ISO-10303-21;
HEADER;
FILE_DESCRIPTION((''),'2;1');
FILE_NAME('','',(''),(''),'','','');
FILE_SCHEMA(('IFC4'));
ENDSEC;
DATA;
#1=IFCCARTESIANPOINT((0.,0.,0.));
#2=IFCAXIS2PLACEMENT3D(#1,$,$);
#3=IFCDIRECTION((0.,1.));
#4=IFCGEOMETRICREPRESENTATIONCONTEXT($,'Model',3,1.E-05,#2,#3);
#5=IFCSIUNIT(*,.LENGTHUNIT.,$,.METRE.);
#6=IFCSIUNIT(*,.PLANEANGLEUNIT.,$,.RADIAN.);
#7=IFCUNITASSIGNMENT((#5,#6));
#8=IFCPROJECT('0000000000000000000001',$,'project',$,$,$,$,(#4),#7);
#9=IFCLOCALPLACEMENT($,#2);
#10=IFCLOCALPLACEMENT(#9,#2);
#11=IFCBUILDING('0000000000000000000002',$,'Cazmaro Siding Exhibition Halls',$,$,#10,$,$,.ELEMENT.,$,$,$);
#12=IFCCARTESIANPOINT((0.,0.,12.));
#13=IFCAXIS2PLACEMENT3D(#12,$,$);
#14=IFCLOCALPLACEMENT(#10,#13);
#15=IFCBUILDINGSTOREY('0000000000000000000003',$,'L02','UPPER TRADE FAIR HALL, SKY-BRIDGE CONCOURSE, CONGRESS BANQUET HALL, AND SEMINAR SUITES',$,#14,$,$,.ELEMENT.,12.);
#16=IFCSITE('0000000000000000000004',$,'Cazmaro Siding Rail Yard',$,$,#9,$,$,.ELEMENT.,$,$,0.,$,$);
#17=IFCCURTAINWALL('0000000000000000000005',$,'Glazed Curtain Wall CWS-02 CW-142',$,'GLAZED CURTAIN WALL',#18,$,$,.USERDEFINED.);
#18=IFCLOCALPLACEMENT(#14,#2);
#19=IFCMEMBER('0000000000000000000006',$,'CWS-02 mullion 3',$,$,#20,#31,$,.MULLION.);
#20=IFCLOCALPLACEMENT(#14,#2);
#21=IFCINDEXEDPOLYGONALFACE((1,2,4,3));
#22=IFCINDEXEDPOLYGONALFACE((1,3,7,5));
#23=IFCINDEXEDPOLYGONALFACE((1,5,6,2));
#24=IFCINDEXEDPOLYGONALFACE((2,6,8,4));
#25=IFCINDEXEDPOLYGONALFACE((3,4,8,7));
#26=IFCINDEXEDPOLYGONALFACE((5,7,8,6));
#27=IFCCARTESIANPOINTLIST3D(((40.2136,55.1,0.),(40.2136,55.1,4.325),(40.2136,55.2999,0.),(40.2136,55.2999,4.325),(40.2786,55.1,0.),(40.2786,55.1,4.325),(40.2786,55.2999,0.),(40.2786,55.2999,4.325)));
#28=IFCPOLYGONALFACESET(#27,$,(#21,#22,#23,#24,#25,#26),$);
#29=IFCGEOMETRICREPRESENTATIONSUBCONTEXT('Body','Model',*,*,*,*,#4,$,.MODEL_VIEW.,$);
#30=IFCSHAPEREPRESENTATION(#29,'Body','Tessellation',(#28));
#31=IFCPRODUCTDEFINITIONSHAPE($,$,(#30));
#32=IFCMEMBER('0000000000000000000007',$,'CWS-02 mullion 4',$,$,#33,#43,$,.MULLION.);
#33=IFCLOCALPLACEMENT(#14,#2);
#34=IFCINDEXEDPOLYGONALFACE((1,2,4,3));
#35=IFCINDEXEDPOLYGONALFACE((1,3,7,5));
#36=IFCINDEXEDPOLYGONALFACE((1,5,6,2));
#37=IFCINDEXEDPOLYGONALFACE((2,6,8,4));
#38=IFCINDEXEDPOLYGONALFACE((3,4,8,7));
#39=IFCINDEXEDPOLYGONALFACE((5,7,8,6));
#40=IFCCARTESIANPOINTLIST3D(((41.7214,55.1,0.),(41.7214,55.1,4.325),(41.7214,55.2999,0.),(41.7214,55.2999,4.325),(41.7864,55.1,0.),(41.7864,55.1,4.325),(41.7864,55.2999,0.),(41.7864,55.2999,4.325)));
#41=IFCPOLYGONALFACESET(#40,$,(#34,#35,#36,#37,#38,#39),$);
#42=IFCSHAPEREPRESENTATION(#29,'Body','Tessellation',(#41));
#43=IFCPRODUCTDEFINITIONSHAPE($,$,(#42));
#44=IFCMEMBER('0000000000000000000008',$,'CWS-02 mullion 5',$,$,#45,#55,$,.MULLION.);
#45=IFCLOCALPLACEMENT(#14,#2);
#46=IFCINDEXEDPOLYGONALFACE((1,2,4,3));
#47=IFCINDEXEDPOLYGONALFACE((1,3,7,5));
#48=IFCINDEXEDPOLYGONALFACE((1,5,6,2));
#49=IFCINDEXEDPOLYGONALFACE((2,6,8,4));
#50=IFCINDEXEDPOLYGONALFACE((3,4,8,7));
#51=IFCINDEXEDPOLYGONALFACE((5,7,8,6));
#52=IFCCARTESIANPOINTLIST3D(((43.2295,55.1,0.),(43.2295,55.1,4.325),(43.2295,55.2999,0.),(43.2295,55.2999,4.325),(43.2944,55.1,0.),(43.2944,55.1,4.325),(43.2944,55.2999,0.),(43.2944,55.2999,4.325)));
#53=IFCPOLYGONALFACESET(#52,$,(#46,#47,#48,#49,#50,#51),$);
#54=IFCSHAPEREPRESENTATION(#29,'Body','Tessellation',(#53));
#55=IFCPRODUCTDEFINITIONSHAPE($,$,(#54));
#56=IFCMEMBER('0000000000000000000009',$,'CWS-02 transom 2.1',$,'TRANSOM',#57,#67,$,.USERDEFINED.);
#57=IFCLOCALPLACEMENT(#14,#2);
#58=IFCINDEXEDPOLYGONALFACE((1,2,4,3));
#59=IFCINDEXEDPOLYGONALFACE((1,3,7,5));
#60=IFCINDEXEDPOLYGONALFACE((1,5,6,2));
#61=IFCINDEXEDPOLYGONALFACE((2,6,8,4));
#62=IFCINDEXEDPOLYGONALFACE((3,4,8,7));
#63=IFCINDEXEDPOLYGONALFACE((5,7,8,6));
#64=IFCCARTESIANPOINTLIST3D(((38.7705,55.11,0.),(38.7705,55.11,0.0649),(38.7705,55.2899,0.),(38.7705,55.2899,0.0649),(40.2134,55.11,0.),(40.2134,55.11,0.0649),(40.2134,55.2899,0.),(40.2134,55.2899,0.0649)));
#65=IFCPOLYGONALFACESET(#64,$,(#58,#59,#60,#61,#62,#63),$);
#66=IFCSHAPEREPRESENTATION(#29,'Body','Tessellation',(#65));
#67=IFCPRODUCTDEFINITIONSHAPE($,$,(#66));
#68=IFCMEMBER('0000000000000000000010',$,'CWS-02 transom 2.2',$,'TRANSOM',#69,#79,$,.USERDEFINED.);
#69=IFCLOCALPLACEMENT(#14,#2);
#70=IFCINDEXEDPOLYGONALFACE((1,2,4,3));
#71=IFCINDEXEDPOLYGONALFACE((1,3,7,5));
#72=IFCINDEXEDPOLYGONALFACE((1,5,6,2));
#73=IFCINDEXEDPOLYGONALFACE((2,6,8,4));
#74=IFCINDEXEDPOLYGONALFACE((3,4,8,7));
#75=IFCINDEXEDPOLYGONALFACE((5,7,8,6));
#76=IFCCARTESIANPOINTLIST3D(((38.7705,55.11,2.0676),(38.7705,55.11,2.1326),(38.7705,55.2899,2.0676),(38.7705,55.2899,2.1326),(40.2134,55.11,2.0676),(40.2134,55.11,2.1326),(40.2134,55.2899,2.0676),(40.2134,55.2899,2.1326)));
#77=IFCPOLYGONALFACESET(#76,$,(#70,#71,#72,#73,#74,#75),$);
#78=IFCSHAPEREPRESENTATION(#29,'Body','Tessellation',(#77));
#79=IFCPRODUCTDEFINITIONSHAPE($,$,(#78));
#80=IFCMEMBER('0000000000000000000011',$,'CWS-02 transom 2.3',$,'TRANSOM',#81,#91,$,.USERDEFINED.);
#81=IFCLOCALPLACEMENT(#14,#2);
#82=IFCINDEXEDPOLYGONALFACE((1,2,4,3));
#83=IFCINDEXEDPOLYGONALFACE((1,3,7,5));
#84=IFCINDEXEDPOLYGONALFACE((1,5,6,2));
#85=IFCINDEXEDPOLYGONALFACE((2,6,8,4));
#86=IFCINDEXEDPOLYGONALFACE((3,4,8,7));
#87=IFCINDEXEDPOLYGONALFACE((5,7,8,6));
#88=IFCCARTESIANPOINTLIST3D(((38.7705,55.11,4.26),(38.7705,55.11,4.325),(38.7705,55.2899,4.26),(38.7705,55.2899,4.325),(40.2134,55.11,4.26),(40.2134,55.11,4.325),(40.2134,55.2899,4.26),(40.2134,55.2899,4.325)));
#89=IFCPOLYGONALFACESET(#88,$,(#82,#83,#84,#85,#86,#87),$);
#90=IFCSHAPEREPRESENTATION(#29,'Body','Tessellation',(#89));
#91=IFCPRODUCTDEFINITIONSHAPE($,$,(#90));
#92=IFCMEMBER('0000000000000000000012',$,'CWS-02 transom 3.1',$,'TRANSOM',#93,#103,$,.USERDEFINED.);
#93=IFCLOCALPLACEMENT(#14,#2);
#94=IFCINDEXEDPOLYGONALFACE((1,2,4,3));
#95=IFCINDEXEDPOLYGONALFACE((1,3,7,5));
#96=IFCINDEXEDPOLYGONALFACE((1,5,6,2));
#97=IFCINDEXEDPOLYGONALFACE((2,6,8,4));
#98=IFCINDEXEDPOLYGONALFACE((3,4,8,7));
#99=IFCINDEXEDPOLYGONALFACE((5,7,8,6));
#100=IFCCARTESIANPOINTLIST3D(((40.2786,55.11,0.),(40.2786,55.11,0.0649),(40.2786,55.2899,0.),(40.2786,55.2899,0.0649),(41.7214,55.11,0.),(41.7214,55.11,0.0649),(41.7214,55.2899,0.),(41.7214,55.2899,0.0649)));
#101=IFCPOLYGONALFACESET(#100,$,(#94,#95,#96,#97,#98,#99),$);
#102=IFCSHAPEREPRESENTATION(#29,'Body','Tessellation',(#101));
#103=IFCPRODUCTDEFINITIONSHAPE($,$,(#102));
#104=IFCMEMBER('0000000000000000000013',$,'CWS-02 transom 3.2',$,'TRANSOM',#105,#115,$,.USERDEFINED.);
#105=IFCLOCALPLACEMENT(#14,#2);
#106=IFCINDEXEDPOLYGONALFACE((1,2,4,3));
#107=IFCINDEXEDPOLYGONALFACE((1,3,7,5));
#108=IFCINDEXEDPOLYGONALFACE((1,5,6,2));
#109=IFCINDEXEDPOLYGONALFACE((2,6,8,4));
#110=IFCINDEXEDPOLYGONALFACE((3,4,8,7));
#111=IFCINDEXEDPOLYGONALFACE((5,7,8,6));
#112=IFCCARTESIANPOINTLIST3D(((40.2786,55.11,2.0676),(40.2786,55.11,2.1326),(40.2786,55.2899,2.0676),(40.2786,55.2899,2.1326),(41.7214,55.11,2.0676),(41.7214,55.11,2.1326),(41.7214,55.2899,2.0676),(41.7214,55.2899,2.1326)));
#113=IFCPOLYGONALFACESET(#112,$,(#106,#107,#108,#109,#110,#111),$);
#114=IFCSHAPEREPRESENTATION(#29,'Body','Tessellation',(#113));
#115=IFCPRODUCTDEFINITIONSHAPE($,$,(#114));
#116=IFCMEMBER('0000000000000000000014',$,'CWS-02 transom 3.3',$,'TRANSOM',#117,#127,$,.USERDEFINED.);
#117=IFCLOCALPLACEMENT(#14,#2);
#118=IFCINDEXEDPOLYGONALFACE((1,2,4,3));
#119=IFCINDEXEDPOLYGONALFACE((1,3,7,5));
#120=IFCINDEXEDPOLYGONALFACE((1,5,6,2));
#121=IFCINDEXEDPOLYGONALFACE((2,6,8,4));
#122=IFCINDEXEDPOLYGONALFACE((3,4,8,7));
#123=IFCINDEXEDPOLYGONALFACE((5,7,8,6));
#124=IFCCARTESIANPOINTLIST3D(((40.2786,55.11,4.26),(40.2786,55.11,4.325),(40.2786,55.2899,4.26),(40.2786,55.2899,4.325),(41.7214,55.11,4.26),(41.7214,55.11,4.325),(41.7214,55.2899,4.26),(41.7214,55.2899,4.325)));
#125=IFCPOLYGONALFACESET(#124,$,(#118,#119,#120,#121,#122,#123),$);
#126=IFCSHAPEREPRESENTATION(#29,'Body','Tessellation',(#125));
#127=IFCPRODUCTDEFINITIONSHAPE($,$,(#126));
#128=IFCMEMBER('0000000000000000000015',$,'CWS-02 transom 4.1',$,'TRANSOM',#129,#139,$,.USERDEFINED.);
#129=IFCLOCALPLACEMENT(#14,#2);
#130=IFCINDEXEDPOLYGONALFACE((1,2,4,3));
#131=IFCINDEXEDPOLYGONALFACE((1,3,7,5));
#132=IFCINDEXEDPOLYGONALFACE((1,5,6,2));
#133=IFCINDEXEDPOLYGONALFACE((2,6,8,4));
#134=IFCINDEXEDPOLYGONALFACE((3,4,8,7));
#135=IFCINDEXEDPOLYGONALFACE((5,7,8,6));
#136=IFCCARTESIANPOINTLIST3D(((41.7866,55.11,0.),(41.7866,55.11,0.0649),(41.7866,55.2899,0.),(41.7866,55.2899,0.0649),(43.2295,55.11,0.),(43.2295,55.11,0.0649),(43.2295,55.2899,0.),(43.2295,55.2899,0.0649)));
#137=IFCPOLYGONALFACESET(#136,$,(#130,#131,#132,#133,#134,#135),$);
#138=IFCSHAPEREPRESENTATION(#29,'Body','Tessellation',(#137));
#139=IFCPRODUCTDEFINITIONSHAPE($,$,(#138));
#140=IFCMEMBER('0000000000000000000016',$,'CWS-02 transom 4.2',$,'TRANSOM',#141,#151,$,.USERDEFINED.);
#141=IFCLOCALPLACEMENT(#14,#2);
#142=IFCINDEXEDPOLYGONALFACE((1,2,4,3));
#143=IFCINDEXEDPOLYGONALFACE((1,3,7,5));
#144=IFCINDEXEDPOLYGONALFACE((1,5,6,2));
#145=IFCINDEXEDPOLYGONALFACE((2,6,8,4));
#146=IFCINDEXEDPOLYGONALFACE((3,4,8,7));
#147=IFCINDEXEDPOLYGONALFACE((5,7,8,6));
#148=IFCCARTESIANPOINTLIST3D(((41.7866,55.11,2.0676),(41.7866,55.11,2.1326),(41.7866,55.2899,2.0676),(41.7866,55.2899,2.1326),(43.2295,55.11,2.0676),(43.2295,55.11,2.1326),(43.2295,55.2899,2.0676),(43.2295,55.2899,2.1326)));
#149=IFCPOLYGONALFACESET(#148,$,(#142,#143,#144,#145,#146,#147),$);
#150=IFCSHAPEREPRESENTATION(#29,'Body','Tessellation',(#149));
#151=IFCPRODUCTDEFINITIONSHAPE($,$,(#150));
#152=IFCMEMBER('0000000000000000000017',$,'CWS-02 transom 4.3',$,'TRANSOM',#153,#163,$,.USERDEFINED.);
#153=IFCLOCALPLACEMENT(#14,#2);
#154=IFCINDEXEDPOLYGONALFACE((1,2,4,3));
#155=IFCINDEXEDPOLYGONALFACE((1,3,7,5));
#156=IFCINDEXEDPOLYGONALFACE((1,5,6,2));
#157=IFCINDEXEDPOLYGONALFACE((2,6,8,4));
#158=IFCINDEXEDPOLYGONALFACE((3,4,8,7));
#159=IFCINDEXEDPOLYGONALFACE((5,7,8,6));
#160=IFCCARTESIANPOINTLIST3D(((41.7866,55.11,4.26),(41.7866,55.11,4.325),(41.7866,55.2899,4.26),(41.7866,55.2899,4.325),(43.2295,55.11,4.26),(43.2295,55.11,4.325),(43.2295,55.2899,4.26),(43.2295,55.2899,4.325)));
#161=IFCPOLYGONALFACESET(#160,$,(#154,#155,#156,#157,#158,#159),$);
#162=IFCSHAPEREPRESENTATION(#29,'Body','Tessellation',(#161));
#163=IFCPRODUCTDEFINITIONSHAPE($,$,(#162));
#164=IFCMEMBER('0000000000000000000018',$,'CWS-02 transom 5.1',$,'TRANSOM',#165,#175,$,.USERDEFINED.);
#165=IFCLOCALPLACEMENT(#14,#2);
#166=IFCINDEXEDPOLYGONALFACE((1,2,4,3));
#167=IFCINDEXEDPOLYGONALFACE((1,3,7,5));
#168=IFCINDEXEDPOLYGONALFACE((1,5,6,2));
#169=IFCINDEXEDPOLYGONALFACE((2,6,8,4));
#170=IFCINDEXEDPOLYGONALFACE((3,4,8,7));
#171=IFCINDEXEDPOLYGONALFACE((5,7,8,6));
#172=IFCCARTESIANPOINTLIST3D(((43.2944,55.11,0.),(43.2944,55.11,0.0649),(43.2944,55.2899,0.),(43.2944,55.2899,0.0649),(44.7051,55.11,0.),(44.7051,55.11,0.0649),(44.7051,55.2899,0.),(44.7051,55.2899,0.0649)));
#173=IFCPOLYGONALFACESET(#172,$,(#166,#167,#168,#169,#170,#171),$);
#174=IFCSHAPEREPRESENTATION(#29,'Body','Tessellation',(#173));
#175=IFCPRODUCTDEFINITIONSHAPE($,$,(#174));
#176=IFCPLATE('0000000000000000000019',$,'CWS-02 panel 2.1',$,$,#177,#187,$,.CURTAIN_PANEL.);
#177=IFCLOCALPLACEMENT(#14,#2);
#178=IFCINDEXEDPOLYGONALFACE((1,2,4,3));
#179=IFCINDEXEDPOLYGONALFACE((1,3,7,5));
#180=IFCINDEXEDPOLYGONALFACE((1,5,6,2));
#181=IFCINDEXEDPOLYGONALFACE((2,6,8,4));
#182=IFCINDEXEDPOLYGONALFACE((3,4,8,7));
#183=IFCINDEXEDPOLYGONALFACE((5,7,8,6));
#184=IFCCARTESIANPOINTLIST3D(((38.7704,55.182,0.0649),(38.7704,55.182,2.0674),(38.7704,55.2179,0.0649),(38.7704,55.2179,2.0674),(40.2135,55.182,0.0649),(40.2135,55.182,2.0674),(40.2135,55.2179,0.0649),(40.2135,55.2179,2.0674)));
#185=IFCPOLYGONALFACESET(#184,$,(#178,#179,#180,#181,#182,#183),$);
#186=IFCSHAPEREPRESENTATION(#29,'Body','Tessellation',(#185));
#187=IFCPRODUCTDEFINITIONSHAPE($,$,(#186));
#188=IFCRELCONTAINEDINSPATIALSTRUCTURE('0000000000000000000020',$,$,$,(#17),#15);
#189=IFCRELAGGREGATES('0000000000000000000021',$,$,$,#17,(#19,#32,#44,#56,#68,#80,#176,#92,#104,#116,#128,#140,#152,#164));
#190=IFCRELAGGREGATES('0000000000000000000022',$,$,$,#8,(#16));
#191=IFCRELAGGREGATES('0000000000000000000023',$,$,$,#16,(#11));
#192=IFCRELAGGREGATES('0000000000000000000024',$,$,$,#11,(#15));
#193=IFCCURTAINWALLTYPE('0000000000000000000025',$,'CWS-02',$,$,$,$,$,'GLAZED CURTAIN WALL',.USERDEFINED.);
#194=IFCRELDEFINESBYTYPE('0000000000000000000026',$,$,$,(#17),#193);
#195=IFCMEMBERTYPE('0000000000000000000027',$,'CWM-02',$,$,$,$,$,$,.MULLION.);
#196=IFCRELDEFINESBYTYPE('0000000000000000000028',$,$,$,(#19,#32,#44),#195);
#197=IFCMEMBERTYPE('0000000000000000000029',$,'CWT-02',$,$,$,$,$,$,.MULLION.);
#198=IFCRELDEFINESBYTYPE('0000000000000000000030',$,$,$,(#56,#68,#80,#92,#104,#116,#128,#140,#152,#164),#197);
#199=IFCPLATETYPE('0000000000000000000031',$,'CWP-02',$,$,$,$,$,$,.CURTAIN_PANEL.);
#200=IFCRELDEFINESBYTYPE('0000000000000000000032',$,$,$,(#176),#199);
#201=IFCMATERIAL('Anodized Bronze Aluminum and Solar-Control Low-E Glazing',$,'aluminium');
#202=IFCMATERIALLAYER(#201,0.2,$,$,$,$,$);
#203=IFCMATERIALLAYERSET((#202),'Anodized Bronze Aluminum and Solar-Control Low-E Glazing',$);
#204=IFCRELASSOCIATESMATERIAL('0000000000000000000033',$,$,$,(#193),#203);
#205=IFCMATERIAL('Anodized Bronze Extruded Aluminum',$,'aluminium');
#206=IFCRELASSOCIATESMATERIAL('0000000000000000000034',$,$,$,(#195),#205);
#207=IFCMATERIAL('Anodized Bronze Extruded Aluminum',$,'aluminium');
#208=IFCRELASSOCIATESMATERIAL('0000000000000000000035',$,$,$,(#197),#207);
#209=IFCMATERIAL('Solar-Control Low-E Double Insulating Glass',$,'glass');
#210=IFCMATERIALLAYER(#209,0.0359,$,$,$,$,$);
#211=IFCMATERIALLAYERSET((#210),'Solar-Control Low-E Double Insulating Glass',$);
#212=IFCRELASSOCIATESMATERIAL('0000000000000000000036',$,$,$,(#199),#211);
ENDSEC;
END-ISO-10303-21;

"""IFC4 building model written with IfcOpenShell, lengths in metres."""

from ifc_helpers import new_model, si_unit, direction, frame, origin, origin_2d, place, context, subcontext, project, spatial, rectangle, extrude, material, layer, layer_set, material_profile, profile_set, type_object, element, aggregate, save


model = new_model("IFC4")

# Units and contexts
model_context = context("Model", 3, precision=1e-05, world=origin(), true_north=direction((0.0, 1.0)))
body_context = subcontext(model_context, "Body", "Model", "MODEL_VIEW")
ifc_project = project(units=[si_unit("LENGTHUNIT", "METRE"), si_unit("PLANEANGLEUNIT", "RADIAN")], contexts=[model_context])

# Site, building, storey
site_placement = place(None, origin())
site = spatial("IfcSite", under=ifc_project, at=site_placement, Name="Cazmaro Siding Rail Yard", CompositionType="ELEMENT", RefElevation=0.0)
building_placement = place(site_placement, origin())
building = spatial("IfcBuilding", under=site, at=building_placement, Name="Cazmaro Siding Exhibition Halls", CompositionType="ELEMENT")
storey_placement = place(building_placement, frame((0.0, 0.0, 12.0)))
storey = spatial("IfcBuildingStorey", under=building, at=storey_placement, Name="L02", Description="UPPER TRADE FAIR HALL, SKY-BRIDGE CONCOURSE, CONGRESS BANQUET HALL, AND SEMINAR SUITES", CompositionType="ELEMENT", Elevation=12.0)

# Curtain wall, members, plate
ifc_material_1 = material(Name="Anodized Bronze Aluminum and Solar-Control Low-E Glazing", Category="aluminium")
ifc_layer_1 = layer(ifc_material_1, 0.2)
ifc_layer_set_1 = layer_set([ifc_layer_1], Name="Anodized Bronze Aluminum and Solar-Control Low-E Glazing")
curtain_wall_type = type_object("IfcCurtainWallType", Name="CWS-02", ElementType="GLAZED CURTAIN WALL", PredefinedType="USERDEFINED", material=ifc_layer_set_1)
curtain_wall_placement = place(storey_placement, origin())
curtain_wall = element("IfcCurtainWall", 1, at=curtain_wall_placement, inside=storey, type_object=curtain_wall_type, Name="Glazed Curtain Wall CWS-02 CW-142", ObjectType="GLAZED CURTAIN WALL", PredefinedType="USERDEFINED")
ifc_material_2 = material(Name="Anodized Bronze Extruded Aluminum", Category="aluminium")
ifc_material_profile_1 = material_profile(ifc_material_2, rectangle(XDim=0.2, YDim=0.0649, at=origin_2d()), Name="CWM-02")
ifc_profile_set_1 = profile_set([ifc_material_profile_1], Name="Anodized Bronze Extruded Aluminum")
member_type_1 = type_object("IfcMemberType", Name="CWM-02", PredefinedType="MULLION", material=ifc_profile_set_1)
member_1_placement = place(storey_placement, frame((40.2461, 55.2, 0.0), z_axis=(0.0, 0.0, 1.0), x_axis=(0.0, 1.0, 0.0)))
member_1 = element("IfcMember", 2, at=member_1_placement, type_object=member_type_1, Name="CWS-02 mullion 3", PredefinedType="MULLION", context=body_context, shape_type="SweptSolid", body=[
    extrude(rectangle(XDim=0.2, YDim=0.0649, at=origin_2d()), origin(), (0.0, 0.0, 1.0), 4.325),
])
member_2_placement = place(storey_placement, frame((41.7539, 55.2, 0.0), z_axis=(0.0, 0.0, 1.0), x_axis=(0.0, 1.0, 0.0)))
member_2 = element("IfcMember", 3, at=member_2_placement, type_object=member_type_1, Name="CWS-02 mullion 4", PredefinedType="MULLION", context=body_context, shape_type="SweptSolid", body=[
    extrude(rectangle(XDim=0.2, YDim=0.0649, at=origin_2d()), origin(), (0.0, 0.0, 1.0), 4.325),
])
member_3_placement = place(storey_placement, frame((43.262, 55.2, 0.0), z_axis=(0.0, 0.0, 1.0), x_axis=(0.0, 1.0, 0.0)))
member_3 = element("IfcMember", 4, at=member_3_placement, type_object=member_type_1, Name="CWS-02 mullion 5", PredefinedType="MULLION", context=body_context, shape_type="SweptSolid", body=[
    extrude(rectangle(XDim=0.2, YDim=0.0649, at=origin_2d()), origin(), (0.0, 0.0, 1.0), 4.325),
])
ifc_material_3 = material(Name="Anodized Bronze Extruded Aluminum", Category="aluminium")
ifc_material_profile_2 = material_profile(ifc_material_3, rectangle(XDim=0.1799, YDim=0.0649, at=origin_2d()), Name="CWT-02")
ifc_profile_set_2 = profile_set([ifc_material_profile_2], Name="Anodized Bronze Extruded Aluminum")
member_type_2 = type_object("IfcMemberType", Name="CWT-02", PredefinedType="MULLION", material=ifc_profile_set_2)
member_4_placement = place(storey_placement, frame((38.7705, 55.2, 0.0325), z_axis=(1.0, 0.0, 0.0), x_axis=(0.0, 1.0, 0.0)))
member_4 = element("IfcMember", 5, at=member_4_placement, type_object=member_type_2, Name="CWS-02 transom 2.1", ObjectType="TRANSOM", PredefinedType="USERDEFINED", context=body_context, shape_type="SweptSolid", body=[
    extrude(rectangle(XDim=0.1799, YDim=0.0649, at=origin_2d()), origin(), (0.0, 0.0, 1.0), 1.4429),
])
member_5_placement = place(storey_placement, frame((38.7705, 55.2, 2.1001), z_axis=(1.0, 0.0, 0.0), x_axis=(0.0, 1.0, 0.0)))
member_5 = element("IfcMember", 6, at=member_5_placement, type_object=member_type_2, Name="CWS-02 transom 2.2", ObjectType="TRANSOM", PredefinedType="USERDEFINED", context=body_context, shape_type="SweptSolid", body=[
    extrude(rectangle(XDim=0.1799, YDim=0.0649, at=origin_2d()), origin(), (0.0, 0.0, 1.0), 1.4429),
])
member_6_placement = place(storey_placement, frame((38.7705, 55.2, 4.2925), z_axis=(1.0, 0.0, 0.0), x_axis=(0.0, 1.0, 0.0)))
member_6 = element("IfcMember", 7, at=member_6_placement, type_object=member_type_2, Name="CWS-02 transom 2.3", ObjectType="TRANSOM", PredefinedType="USERDEFINED", context=body_context, shape_type="SweptSolid", body=[
    extrude(rectangle(XDim=0.1799, YDim=0.0649, at=origin_2d()), origin(), (0.0, 0.0, 1.0), 1.4429),
])
member_7_placement = place(storey_placement, frame((40.2786, 55.2, 0.0325), z_axis=(1.0, 0.0, 0.0), x_axis=(0.0, 1.0, 0.0)))
member_7 = element("IfcMember", 8, at=member_7_placement, type_object=member_type_2, Name="CWS-02 transom 3.1", ObjectType="TRANSOM", PredefinedType="USERDEFINED", context=body_context, shape_type="SweptSolid", body=[
    extrude(rectangle(XDim=0.1799, YDim=0.0649, at=origin_2d()), origin(), (0.0, 0.0, 1.0), 1.4429),
])
member_8_placement = place(storey_placement, frame((40.2786, 55.2, 2.1001), z_axis=(1.0, 0.0, 0.0), x_axis=(0.0, 1.0, 0.0)))
member_8 = element("IfcMember", 9, at=member_8_placement, type_object=member_type_2, Name="CWS-02 transom 3.2", ObjectType="TRANSOM", PredefinedType="USERDEFINED", context=body_context, shape_type="SweptSolid", body=[
    extrude(rectangle(XDim=0.1799, YDim=0.0649, at=origin_2d()), origin(), (0.0, 0.0, 1.0), 1.4429),
])
member_9_placement = place(storey_placement, frame((40.2786, 55.2, 4.2925), z_axis=(1.0, 0.0, 0.0), x_axis=(0.0, 1.0, 0.0)))
member_9 = element("IfcMember", 10, at=member_9_placement, type_object=member_type_2, Name="CWS-02 transom 3.3", ObjectType="TRANSOM", PredefinedType="USERDEFINED", context=body_context, shape_type="SweptSolid", body=[
    extrude(rectangle(XDim=0.1799, YDim=0.0649, at=origin_2d()), origin(), (0.0, 0.0, 1.0), 1.4429),
])
member_10_placement = place(storey_placement, frame((41.7866, 55.2, 0.0325), z_axis=(1.0, 0.0, 0.0), x_axis=(0.0, 1.0, 0.0)))
member_10 = element("IfcMember", 11, at=member_10_placement, type_object=member_type_2, Name="CWS-02 transom 4.1", ObjectType="TRANSOM", PredefinedType="USERDEFINED", context=body_context, shape_type="SweptSolid", body=[
    extrude(rectangle(XDim=0.1799, YDim=0.0649, at=origin_2d()), origin(), (0.0, 0.0, 1.0), 1.4429),
])
member_11_placement = place(storey_placement, frame((41.7866, 55.2, 2.1001), z_axis=(1.0, 0.0, 0.0), x_axis=(0.0, 1.0, 0.0)))
member_11 = element("IfcMember", 12, at=member_11_placement, type_object=member_type_2, Name="CWS-02 transom 4.2", ObjectType="TRANSOM", PredefinedType="USERDEFINED", context=body_context, shape_type="SweptSolid", body=[
    extrude(rectangle(XDim=0.1799, YDim=0.0649, at=origin_2d()), origin(), (0.0, 0.0, 1.0), 1.4429),
])
member_12_placement = place(storey_placement, frame((41.7866, 55.2, 4.2925), z_axis=(1.0, 0.0, 0.0), x_axis=(0.0, 1.0, 0.0)))
member_12 = element("IfcMember", 13, at=member_12_placement, type_object=member_type_2, Name="CWS-02 transom 4.3", ObjectType="TRANSOM", PredefinedType="USERDEFINED", context=body_context, shape_type="SweptSolid", body=[
    extrude(rectangle(XDim=0.1799, YDim=0.0649, at=origin_2d()), origin(), (0.0, 0.0, 1.0), 1.4429),
])
member_13_placement = place(storey_placement, frame((43.2944, 55.2, 0.0325), z_axis=(1.0, 0.0, 0.0), x_axis=(0.0, 1.0, 0.0)))
member_13 = element("IfcMember", 14, at=member_13_placement, type_object=member_type_2, Name="CWS-02 transom 5.1", ObjectType="TRANSOM", PredefinedType="USERDEFINED", context=body_context, shape_type="SweptSolid", body=[
    extrude(rectangle(XDim=0.1799, YDim=0.0649, at=origin_2d()), origin(), (0.0, 0.0, 1.0), 1.4106),
])
ifc_material_4 = material(Name="Solar-Control Low-E Double Insulating Glass", Category="glass")
ifc_layer_2 = layer(ifc_material_4, 0.0359)
ifc_layer_set_2 = layer_set([ifc_layer_2], Name="Solar-Control Low-E Double Insulating Glass")
plate_type = type_object("IfcPlateType", Name="CWP-02", PredefinedType="CURTAIN_PANEL", material=ifc_layer_set_2)
plate_1_placement = place(storey_placement, frame((39.4919, 55.2, 0.0649), z_axis=(0.0, 0.0, 1.0), x_axis=(1.0, 0.0, 0.0)))
plate_1 = element("IfcPlate", 15, at=plate_1_placement, type_object=plate_type, Name="CWS-02 panel 2.1", PredefinedType="CURTAIN_PANEL", context=body_context, shape_type="SweptSolid", body=[
    extrude(rectangle(XDim=1.4431, YDim=0.0359, at=origin_2d()), origin(), (0.0, 0.0, 1.0), 2.0024),
])
aggregate(curtain_wall, [member_1, member_2, member_3, member_4, member_5, member_6, plate_1, member_7, member_8, member_9, member_10, member_11, member_12, member_13])

save(model, "model.ifc")
